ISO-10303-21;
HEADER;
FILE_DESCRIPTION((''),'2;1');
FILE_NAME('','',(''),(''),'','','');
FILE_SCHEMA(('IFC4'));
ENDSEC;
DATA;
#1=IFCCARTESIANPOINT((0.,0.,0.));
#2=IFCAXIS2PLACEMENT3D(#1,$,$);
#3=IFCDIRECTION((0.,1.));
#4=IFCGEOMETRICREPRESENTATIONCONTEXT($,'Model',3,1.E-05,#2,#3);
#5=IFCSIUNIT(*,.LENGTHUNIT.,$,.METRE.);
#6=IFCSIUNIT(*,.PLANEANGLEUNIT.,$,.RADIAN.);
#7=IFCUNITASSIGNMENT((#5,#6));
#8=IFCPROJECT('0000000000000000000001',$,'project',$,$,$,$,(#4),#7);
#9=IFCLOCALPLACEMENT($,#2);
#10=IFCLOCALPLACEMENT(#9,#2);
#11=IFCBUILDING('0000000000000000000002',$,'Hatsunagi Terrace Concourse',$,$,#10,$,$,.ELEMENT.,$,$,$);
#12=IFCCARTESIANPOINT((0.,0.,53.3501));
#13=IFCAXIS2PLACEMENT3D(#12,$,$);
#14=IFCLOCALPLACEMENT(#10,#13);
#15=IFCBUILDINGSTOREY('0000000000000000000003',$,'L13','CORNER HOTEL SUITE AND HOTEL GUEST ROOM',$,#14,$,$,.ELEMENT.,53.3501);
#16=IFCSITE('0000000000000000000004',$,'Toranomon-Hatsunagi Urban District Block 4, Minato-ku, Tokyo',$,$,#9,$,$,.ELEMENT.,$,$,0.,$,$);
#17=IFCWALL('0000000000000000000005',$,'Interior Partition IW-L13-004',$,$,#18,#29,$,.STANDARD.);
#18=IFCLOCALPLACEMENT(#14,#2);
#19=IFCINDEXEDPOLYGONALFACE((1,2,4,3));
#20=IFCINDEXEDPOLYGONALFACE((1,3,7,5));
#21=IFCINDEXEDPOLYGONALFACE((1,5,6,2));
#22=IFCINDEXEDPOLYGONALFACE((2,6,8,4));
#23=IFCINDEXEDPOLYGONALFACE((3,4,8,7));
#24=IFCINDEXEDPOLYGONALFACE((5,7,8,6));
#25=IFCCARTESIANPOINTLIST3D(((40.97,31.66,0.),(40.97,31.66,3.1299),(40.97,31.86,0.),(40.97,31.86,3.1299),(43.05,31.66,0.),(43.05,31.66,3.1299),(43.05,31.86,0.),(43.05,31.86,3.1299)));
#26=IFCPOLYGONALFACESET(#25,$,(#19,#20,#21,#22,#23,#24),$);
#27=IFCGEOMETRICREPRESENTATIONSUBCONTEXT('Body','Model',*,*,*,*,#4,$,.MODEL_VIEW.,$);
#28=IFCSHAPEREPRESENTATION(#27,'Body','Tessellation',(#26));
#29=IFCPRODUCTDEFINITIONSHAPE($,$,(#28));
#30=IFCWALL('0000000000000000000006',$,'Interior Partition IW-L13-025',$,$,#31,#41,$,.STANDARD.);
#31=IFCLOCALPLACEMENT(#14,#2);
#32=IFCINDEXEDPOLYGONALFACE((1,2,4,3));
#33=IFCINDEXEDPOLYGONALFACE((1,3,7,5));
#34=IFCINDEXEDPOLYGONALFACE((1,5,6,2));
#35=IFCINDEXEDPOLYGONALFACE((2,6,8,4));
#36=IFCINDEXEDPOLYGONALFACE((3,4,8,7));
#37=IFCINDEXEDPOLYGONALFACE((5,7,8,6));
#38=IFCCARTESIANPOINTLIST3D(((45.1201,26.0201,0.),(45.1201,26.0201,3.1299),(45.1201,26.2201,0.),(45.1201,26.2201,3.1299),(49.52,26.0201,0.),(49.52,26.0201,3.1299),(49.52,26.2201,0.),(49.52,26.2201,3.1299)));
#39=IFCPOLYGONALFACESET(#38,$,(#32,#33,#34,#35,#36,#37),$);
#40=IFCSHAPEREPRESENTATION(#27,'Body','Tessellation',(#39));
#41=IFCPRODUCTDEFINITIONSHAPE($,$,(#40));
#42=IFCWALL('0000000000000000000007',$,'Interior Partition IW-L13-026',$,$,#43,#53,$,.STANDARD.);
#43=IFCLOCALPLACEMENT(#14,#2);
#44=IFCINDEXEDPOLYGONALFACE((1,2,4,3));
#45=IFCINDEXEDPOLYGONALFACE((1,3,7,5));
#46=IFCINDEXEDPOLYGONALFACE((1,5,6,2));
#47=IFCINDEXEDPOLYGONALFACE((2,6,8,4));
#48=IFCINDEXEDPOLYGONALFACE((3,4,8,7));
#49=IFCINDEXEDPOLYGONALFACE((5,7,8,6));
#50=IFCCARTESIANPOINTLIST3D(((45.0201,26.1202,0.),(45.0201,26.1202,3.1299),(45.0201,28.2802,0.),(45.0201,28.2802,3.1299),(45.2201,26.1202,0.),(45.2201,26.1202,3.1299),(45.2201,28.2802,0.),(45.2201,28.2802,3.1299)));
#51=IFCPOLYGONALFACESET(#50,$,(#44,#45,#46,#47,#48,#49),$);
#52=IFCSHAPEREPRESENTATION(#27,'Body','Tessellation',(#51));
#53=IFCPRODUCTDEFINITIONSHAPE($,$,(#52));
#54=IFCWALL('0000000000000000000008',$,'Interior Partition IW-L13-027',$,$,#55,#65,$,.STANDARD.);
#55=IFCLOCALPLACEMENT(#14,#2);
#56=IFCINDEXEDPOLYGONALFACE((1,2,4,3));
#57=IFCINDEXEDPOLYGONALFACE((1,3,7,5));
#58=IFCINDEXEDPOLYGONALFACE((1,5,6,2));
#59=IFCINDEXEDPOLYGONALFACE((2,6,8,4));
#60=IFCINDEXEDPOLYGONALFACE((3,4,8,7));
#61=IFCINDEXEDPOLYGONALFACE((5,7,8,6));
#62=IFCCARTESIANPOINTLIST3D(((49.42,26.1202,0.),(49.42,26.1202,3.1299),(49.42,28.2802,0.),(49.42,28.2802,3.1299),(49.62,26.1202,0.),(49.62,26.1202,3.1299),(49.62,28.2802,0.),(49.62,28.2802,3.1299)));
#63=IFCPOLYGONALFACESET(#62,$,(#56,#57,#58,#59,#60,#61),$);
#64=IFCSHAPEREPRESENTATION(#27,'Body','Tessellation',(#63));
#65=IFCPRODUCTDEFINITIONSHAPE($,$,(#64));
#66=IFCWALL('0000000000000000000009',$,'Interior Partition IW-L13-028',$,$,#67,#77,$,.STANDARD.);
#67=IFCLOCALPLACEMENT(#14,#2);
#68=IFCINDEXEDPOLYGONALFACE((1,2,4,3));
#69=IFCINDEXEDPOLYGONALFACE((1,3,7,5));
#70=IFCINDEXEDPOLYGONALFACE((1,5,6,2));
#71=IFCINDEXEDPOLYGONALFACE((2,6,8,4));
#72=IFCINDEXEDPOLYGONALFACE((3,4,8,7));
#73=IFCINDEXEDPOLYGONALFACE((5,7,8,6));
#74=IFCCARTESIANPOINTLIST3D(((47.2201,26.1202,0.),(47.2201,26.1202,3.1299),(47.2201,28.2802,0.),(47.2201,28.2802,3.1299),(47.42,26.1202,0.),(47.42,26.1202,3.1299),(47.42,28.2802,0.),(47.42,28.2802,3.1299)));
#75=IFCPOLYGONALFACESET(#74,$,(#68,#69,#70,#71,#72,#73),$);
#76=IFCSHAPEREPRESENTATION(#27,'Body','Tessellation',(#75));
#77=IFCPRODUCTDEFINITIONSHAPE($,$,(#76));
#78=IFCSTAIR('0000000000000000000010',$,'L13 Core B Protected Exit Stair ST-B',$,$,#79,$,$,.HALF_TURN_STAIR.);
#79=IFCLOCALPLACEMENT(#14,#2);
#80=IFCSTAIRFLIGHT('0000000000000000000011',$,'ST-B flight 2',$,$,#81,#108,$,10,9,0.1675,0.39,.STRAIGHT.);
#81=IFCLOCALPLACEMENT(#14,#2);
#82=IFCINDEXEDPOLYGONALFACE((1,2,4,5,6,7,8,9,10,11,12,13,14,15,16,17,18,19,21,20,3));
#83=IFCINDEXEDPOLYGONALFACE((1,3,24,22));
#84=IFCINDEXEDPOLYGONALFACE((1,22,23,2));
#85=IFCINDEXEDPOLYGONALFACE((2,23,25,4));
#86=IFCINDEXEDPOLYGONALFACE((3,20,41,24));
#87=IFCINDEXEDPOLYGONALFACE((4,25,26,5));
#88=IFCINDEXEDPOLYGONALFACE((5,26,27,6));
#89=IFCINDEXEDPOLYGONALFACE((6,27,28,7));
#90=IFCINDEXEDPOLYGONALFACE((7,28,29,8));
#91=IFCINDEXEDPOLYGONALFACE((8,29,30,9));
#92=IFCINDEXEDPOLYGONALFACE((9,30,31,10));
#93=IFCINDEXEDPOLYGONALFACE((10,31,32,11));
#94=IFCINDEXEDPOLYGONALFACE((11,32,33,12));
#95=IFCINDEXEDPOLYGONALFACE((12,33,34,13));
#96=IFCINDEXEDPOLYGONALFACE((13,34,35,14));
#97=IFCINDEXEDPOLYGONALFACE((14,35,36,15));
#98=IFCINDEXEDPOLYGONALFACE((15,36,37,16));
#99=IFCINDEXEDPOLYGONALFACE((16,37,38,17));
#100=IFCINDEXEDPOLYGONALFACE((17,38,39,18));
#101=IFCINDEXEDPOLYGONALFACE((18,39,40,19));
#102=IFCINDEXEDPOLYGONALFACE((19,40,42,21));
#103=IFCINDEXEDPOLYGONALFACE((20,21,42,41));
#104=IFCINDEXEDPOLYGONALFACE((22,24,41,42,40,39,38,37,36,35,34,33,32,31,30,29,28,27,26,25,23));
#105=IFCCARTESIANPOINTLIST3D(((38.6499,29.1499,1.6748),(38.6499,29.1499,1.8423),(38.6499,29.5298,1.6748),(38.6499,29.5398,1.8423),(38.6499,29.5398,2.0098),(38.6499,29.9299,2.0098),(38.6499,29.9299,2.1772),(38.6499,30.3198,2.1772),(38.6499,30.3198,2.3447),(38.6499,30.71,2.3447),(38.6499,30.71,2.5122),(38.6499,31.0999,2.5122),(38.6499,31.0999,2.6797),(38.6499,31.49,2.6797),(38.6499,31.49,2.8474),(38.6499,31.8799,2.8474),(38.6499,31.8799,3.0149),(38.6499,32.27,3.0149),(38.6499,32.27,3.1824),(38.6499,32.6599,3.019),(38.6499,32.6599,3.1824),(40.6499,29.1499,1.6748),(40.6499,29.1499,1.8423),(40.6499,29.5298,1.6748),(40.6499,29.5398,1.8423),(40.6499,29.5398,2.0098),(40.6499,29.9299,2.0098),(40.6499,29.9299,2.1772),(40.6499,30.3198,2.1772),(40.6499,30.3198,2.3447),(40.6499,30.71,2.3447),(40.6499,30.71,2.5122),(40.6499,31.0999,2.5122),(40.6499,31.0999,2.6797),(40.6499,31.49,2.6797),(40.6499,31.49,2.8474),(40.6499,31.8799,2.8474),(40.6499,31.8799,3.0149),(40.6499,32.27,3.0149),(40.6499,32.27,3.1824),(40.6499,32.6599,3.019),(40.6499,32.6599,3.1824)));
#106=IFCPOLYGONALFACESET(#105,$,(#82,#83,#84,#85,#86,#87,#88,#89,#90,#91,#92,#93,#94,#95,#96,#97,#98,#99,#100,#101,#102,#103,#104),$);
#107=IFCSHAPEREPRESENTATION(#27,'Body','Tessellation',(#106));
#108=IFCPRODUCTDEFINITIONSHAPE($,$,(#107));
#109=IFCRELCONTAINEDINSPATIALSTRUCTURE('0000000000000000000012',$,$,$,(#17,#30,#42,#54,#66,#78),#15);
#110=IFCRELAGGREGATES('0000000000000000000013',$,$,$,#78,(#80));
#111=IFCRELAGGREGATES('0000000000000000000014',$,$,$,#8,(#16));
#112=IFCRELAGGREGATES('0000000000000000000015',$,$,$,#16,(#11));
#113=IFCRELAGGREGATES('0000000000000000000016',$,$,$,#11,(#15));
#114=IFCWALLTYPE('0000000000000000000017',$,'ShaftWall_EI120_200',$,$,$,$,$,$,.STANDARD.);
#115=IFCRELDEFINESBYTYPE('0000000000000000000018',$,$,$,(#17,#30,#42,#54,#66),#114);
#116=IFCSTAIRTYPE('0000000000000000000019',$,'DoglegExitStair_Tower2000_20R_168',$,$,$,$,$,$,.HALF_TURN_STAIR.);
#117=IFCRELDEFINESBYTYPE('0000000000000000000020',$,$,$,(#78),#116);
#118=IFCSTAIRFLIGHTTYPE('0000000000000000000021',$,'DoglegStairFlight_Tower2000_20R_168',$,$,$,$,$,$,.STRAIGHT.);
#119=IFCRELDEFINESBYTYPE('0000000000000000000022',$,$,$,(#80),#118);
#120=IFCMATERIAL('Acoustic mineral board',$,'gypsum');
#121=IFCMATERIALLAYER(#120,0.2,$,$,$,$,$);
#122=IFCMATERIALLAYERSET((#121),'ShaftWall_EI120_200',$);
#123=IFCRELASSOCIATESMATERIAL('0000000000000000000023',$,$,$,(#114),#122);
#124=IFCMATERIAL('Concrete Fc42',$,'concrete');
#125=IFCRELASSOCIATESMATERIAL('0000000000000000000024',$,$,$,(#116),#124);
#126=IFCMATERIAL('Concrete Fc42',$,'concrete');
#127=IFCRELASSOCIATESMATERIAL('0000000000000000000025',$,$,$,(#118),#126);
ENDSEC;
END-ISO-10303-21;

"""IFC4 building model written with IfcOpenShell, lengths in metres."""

from ifc_helpers import new_model, si_unit, direction, frame, frame_2d, origin, place, context, subcontext, project, spatial, polyline, rectangle, outline, extrude, material, layer, layer_set, type_object, element, aggregate, save


model = new_model("IFC4")

# Units and contexts
model_context = context("Model", 3, precision=1e-05, world=origin(), true_north=direction((0.0, 1.0)))
body_context = subcontext(model_context, "Body", "Model", "MODEL_VIEW")
ifc_project = project(units=[si_unit("LENGTHUNIT", "METRE"), si_unit("PLANEANGLEUNIT", "RADIAN")], contexts=[model_context])

# Site, building, storey
site_placement = place(None, origin())
site = spatial("IfcSite", under=ifc_project, at=site_placement, Name="Toranomon-Hatsunagi Urban District Block 4, Minato-ku, Tokyo", CompositionType="ELEMENT", RefElevation=0.0)
building_placement = place(site_placement, origin())
building = spatial("IfcBuilding", under=site, at=building_placement, Name="Hatsunagi Terrace Concourse", CompositionType="ELEMENT")
storey_placement = place(building_placement, frame((0.0, 0.0, 53.3501)))
storey = spatial("IfcBuildingStorey", under=building, at=storey_placement, Name="L13", Description="CORNER HOTEL SUITE AND HOTEL GUEST ROOM", CompositionType="ELEMENT", Elevation=53.3501)

# Walls
ifc_material_1 = material(Name="Acoustic mineral board", Category="gypsum")
ifc_layer_1 = layer(ifc_material_1, 0.2)
ifc_layer_set_1 = layer_set([ifc_layer_1], Name="ShaftWall_EI120_200")
wall_type_1 = type_object("IfcWallType", Name="ShaftWall_EI120_200", PredefinedType="STANDARD", material=ifc_layer_set_1)
wall_1_placement = place(storey_placement, frame((40.97, 31.76, 0.0), z_axis=(0.0, 0.0, 1.0), x_axis=(1.0, 0.0, 0.0)))
element("IfcWall", 1, at=wall_1_placement, inside=storey, type_object=wall_type_1, Name="Interior Partition IW-L13-004", PredefinedType="STANDARD", context=body_context, shape_type="SweptSolid", body=[
    extrude(rectangle(XDim=2.0801, YDim=0.2, at=frame_2d((1.04, 0.0))), origin(), (0.0, 0.0, 1.0), 3.1299),
])
wall_2_placement = place(storey_placement, frame((45.1201, 26.1201, 0.0), z_axis=(0.0, 0.0, 1.0), x_axis=(1.0, 0.0, 0.0)))
element("IfcWall", 2, at=wall_2_placement, inside=storey, type_object=wall_type_1, Name="Interior Partition IW-L13-025", PredefinedType="STANDARD", context=body_context, shape_type="SweptSolid", body=[
    extrude(rectangle(XDim=4.3999, YDim=0.2, at=frame_2d((2.2, 0.0))), origin(), (0.0, 0.0, 1.0), 3.1299),
])
for number, where, z_axis, x_axis, name in (
    (3, (45.1201, 26.1201, 0.0), (0.0, 0.0, 1.0), (0.0, 1.0, 0.0), "Interior Partition IW-L13-026"),
    (4, (49.52, 26.1201, 0.0), (0.0, 0.0, 1.0), (0.0, 1.0, 0.0), "Interior Partition IW-L13-027"),
    (5, (47.3201, 26.1201, 0.0), (0.0, 0.0, 1.0), (0.0, 1.0, 0.0), "Interior Partition IW-L13-028"),
):
    element("IfcWall", number, at=place(storey_placement, frame(where, z_axis=z_axis, x_axis=x_axis)), inside=storey, type_object=wall_type_1, Name=name, PredefinedType="STANDARD", context=body_context, shape_type="SweptSolid", body=[
        extrude(rectangle(XDim=2.1599, YDim=0.2, at=frame_2d((1.0801, 0.0))), origin(), (0.0, 0.0, 1.0), 3.1299),
    ])

# Stair, stair flight
ifc_material_2 = material(Name="Concrete Fc42", Category="concrete")
stair_type = type_object("IfcStairType", Name="DoglegExitStair_Tower2000_20R_168", PredefinedType="HALF_TURN_STAIR", material=ifc_material_2)
stair_placement = place(storey_placement, origin())
stair = element("IfcStair", 6, at=stair_placement, inside=storey, type_object=stair_type, Name="L13 Core B Protected Exit Stair ST-B", PredefinedType="HALF_TURN_STAIR")
ifc_material_3 = material(Name="Concrete Fc42", Category="concrete")
stair_flight_type = type_object("IfcStairFlightType", Name="DoglegStairFlight_Tower2000_20R_168", PredefinedType="STRAIGHT", material=ifc_material_3)
stair_flight_placement = place(storey_placement, frame((39.6499, 29.1499, 1.6748), z_axis=(0.0, 0.0, 1.0), x_axis=(0.0, 1.0, 0.0)))
stair_flight = element("IfcStairFlight", 7, at=stair_flight_placement, type_object=stair_flight_type, Name="ST-B flight 2", NumberOfRisers=10, NumberOfTreads=9, PredefinedType="STRAIGHT", RiserHeight=0.1675, TreadLength=0.39, context=body_context, shape_type="SweptSolid", body=[
    extrude(outline(polyline([(0.0, 0.0), (0.0, 0.1675), (0.3899, 0.1675), (0.3899, 0.335), (0.78, 0.335), (0.78, 0.5024), (1.1699, 0.5024), (1.1699, 0.6699), (1.5601, 0.6699), (1.5601, 0.8374), (1.95, 0.8374), (1.95, 1.0049), (2.3401, 1.0049), (2.3401, 1.1726), (2.73, 1.1726), (2.73, 1.3401), (3.1201, 1.3401), (3.1201, 1.5076), (3.51, 1.5076), (3.51, 1.675), (3.51, 1.3442), (0.3799, 0.0), (0.0, 0.0)])), frame((0.0, 1.0, 0.0), z_axis=(0.0, -1.0, 0.0), x_axis=(1.0, 0.0, 0.0)), (0.0, 0.0, 1.0), 2.0),
])
aggregate(stair, [stair_flight])

save(model, "model.ifc")
